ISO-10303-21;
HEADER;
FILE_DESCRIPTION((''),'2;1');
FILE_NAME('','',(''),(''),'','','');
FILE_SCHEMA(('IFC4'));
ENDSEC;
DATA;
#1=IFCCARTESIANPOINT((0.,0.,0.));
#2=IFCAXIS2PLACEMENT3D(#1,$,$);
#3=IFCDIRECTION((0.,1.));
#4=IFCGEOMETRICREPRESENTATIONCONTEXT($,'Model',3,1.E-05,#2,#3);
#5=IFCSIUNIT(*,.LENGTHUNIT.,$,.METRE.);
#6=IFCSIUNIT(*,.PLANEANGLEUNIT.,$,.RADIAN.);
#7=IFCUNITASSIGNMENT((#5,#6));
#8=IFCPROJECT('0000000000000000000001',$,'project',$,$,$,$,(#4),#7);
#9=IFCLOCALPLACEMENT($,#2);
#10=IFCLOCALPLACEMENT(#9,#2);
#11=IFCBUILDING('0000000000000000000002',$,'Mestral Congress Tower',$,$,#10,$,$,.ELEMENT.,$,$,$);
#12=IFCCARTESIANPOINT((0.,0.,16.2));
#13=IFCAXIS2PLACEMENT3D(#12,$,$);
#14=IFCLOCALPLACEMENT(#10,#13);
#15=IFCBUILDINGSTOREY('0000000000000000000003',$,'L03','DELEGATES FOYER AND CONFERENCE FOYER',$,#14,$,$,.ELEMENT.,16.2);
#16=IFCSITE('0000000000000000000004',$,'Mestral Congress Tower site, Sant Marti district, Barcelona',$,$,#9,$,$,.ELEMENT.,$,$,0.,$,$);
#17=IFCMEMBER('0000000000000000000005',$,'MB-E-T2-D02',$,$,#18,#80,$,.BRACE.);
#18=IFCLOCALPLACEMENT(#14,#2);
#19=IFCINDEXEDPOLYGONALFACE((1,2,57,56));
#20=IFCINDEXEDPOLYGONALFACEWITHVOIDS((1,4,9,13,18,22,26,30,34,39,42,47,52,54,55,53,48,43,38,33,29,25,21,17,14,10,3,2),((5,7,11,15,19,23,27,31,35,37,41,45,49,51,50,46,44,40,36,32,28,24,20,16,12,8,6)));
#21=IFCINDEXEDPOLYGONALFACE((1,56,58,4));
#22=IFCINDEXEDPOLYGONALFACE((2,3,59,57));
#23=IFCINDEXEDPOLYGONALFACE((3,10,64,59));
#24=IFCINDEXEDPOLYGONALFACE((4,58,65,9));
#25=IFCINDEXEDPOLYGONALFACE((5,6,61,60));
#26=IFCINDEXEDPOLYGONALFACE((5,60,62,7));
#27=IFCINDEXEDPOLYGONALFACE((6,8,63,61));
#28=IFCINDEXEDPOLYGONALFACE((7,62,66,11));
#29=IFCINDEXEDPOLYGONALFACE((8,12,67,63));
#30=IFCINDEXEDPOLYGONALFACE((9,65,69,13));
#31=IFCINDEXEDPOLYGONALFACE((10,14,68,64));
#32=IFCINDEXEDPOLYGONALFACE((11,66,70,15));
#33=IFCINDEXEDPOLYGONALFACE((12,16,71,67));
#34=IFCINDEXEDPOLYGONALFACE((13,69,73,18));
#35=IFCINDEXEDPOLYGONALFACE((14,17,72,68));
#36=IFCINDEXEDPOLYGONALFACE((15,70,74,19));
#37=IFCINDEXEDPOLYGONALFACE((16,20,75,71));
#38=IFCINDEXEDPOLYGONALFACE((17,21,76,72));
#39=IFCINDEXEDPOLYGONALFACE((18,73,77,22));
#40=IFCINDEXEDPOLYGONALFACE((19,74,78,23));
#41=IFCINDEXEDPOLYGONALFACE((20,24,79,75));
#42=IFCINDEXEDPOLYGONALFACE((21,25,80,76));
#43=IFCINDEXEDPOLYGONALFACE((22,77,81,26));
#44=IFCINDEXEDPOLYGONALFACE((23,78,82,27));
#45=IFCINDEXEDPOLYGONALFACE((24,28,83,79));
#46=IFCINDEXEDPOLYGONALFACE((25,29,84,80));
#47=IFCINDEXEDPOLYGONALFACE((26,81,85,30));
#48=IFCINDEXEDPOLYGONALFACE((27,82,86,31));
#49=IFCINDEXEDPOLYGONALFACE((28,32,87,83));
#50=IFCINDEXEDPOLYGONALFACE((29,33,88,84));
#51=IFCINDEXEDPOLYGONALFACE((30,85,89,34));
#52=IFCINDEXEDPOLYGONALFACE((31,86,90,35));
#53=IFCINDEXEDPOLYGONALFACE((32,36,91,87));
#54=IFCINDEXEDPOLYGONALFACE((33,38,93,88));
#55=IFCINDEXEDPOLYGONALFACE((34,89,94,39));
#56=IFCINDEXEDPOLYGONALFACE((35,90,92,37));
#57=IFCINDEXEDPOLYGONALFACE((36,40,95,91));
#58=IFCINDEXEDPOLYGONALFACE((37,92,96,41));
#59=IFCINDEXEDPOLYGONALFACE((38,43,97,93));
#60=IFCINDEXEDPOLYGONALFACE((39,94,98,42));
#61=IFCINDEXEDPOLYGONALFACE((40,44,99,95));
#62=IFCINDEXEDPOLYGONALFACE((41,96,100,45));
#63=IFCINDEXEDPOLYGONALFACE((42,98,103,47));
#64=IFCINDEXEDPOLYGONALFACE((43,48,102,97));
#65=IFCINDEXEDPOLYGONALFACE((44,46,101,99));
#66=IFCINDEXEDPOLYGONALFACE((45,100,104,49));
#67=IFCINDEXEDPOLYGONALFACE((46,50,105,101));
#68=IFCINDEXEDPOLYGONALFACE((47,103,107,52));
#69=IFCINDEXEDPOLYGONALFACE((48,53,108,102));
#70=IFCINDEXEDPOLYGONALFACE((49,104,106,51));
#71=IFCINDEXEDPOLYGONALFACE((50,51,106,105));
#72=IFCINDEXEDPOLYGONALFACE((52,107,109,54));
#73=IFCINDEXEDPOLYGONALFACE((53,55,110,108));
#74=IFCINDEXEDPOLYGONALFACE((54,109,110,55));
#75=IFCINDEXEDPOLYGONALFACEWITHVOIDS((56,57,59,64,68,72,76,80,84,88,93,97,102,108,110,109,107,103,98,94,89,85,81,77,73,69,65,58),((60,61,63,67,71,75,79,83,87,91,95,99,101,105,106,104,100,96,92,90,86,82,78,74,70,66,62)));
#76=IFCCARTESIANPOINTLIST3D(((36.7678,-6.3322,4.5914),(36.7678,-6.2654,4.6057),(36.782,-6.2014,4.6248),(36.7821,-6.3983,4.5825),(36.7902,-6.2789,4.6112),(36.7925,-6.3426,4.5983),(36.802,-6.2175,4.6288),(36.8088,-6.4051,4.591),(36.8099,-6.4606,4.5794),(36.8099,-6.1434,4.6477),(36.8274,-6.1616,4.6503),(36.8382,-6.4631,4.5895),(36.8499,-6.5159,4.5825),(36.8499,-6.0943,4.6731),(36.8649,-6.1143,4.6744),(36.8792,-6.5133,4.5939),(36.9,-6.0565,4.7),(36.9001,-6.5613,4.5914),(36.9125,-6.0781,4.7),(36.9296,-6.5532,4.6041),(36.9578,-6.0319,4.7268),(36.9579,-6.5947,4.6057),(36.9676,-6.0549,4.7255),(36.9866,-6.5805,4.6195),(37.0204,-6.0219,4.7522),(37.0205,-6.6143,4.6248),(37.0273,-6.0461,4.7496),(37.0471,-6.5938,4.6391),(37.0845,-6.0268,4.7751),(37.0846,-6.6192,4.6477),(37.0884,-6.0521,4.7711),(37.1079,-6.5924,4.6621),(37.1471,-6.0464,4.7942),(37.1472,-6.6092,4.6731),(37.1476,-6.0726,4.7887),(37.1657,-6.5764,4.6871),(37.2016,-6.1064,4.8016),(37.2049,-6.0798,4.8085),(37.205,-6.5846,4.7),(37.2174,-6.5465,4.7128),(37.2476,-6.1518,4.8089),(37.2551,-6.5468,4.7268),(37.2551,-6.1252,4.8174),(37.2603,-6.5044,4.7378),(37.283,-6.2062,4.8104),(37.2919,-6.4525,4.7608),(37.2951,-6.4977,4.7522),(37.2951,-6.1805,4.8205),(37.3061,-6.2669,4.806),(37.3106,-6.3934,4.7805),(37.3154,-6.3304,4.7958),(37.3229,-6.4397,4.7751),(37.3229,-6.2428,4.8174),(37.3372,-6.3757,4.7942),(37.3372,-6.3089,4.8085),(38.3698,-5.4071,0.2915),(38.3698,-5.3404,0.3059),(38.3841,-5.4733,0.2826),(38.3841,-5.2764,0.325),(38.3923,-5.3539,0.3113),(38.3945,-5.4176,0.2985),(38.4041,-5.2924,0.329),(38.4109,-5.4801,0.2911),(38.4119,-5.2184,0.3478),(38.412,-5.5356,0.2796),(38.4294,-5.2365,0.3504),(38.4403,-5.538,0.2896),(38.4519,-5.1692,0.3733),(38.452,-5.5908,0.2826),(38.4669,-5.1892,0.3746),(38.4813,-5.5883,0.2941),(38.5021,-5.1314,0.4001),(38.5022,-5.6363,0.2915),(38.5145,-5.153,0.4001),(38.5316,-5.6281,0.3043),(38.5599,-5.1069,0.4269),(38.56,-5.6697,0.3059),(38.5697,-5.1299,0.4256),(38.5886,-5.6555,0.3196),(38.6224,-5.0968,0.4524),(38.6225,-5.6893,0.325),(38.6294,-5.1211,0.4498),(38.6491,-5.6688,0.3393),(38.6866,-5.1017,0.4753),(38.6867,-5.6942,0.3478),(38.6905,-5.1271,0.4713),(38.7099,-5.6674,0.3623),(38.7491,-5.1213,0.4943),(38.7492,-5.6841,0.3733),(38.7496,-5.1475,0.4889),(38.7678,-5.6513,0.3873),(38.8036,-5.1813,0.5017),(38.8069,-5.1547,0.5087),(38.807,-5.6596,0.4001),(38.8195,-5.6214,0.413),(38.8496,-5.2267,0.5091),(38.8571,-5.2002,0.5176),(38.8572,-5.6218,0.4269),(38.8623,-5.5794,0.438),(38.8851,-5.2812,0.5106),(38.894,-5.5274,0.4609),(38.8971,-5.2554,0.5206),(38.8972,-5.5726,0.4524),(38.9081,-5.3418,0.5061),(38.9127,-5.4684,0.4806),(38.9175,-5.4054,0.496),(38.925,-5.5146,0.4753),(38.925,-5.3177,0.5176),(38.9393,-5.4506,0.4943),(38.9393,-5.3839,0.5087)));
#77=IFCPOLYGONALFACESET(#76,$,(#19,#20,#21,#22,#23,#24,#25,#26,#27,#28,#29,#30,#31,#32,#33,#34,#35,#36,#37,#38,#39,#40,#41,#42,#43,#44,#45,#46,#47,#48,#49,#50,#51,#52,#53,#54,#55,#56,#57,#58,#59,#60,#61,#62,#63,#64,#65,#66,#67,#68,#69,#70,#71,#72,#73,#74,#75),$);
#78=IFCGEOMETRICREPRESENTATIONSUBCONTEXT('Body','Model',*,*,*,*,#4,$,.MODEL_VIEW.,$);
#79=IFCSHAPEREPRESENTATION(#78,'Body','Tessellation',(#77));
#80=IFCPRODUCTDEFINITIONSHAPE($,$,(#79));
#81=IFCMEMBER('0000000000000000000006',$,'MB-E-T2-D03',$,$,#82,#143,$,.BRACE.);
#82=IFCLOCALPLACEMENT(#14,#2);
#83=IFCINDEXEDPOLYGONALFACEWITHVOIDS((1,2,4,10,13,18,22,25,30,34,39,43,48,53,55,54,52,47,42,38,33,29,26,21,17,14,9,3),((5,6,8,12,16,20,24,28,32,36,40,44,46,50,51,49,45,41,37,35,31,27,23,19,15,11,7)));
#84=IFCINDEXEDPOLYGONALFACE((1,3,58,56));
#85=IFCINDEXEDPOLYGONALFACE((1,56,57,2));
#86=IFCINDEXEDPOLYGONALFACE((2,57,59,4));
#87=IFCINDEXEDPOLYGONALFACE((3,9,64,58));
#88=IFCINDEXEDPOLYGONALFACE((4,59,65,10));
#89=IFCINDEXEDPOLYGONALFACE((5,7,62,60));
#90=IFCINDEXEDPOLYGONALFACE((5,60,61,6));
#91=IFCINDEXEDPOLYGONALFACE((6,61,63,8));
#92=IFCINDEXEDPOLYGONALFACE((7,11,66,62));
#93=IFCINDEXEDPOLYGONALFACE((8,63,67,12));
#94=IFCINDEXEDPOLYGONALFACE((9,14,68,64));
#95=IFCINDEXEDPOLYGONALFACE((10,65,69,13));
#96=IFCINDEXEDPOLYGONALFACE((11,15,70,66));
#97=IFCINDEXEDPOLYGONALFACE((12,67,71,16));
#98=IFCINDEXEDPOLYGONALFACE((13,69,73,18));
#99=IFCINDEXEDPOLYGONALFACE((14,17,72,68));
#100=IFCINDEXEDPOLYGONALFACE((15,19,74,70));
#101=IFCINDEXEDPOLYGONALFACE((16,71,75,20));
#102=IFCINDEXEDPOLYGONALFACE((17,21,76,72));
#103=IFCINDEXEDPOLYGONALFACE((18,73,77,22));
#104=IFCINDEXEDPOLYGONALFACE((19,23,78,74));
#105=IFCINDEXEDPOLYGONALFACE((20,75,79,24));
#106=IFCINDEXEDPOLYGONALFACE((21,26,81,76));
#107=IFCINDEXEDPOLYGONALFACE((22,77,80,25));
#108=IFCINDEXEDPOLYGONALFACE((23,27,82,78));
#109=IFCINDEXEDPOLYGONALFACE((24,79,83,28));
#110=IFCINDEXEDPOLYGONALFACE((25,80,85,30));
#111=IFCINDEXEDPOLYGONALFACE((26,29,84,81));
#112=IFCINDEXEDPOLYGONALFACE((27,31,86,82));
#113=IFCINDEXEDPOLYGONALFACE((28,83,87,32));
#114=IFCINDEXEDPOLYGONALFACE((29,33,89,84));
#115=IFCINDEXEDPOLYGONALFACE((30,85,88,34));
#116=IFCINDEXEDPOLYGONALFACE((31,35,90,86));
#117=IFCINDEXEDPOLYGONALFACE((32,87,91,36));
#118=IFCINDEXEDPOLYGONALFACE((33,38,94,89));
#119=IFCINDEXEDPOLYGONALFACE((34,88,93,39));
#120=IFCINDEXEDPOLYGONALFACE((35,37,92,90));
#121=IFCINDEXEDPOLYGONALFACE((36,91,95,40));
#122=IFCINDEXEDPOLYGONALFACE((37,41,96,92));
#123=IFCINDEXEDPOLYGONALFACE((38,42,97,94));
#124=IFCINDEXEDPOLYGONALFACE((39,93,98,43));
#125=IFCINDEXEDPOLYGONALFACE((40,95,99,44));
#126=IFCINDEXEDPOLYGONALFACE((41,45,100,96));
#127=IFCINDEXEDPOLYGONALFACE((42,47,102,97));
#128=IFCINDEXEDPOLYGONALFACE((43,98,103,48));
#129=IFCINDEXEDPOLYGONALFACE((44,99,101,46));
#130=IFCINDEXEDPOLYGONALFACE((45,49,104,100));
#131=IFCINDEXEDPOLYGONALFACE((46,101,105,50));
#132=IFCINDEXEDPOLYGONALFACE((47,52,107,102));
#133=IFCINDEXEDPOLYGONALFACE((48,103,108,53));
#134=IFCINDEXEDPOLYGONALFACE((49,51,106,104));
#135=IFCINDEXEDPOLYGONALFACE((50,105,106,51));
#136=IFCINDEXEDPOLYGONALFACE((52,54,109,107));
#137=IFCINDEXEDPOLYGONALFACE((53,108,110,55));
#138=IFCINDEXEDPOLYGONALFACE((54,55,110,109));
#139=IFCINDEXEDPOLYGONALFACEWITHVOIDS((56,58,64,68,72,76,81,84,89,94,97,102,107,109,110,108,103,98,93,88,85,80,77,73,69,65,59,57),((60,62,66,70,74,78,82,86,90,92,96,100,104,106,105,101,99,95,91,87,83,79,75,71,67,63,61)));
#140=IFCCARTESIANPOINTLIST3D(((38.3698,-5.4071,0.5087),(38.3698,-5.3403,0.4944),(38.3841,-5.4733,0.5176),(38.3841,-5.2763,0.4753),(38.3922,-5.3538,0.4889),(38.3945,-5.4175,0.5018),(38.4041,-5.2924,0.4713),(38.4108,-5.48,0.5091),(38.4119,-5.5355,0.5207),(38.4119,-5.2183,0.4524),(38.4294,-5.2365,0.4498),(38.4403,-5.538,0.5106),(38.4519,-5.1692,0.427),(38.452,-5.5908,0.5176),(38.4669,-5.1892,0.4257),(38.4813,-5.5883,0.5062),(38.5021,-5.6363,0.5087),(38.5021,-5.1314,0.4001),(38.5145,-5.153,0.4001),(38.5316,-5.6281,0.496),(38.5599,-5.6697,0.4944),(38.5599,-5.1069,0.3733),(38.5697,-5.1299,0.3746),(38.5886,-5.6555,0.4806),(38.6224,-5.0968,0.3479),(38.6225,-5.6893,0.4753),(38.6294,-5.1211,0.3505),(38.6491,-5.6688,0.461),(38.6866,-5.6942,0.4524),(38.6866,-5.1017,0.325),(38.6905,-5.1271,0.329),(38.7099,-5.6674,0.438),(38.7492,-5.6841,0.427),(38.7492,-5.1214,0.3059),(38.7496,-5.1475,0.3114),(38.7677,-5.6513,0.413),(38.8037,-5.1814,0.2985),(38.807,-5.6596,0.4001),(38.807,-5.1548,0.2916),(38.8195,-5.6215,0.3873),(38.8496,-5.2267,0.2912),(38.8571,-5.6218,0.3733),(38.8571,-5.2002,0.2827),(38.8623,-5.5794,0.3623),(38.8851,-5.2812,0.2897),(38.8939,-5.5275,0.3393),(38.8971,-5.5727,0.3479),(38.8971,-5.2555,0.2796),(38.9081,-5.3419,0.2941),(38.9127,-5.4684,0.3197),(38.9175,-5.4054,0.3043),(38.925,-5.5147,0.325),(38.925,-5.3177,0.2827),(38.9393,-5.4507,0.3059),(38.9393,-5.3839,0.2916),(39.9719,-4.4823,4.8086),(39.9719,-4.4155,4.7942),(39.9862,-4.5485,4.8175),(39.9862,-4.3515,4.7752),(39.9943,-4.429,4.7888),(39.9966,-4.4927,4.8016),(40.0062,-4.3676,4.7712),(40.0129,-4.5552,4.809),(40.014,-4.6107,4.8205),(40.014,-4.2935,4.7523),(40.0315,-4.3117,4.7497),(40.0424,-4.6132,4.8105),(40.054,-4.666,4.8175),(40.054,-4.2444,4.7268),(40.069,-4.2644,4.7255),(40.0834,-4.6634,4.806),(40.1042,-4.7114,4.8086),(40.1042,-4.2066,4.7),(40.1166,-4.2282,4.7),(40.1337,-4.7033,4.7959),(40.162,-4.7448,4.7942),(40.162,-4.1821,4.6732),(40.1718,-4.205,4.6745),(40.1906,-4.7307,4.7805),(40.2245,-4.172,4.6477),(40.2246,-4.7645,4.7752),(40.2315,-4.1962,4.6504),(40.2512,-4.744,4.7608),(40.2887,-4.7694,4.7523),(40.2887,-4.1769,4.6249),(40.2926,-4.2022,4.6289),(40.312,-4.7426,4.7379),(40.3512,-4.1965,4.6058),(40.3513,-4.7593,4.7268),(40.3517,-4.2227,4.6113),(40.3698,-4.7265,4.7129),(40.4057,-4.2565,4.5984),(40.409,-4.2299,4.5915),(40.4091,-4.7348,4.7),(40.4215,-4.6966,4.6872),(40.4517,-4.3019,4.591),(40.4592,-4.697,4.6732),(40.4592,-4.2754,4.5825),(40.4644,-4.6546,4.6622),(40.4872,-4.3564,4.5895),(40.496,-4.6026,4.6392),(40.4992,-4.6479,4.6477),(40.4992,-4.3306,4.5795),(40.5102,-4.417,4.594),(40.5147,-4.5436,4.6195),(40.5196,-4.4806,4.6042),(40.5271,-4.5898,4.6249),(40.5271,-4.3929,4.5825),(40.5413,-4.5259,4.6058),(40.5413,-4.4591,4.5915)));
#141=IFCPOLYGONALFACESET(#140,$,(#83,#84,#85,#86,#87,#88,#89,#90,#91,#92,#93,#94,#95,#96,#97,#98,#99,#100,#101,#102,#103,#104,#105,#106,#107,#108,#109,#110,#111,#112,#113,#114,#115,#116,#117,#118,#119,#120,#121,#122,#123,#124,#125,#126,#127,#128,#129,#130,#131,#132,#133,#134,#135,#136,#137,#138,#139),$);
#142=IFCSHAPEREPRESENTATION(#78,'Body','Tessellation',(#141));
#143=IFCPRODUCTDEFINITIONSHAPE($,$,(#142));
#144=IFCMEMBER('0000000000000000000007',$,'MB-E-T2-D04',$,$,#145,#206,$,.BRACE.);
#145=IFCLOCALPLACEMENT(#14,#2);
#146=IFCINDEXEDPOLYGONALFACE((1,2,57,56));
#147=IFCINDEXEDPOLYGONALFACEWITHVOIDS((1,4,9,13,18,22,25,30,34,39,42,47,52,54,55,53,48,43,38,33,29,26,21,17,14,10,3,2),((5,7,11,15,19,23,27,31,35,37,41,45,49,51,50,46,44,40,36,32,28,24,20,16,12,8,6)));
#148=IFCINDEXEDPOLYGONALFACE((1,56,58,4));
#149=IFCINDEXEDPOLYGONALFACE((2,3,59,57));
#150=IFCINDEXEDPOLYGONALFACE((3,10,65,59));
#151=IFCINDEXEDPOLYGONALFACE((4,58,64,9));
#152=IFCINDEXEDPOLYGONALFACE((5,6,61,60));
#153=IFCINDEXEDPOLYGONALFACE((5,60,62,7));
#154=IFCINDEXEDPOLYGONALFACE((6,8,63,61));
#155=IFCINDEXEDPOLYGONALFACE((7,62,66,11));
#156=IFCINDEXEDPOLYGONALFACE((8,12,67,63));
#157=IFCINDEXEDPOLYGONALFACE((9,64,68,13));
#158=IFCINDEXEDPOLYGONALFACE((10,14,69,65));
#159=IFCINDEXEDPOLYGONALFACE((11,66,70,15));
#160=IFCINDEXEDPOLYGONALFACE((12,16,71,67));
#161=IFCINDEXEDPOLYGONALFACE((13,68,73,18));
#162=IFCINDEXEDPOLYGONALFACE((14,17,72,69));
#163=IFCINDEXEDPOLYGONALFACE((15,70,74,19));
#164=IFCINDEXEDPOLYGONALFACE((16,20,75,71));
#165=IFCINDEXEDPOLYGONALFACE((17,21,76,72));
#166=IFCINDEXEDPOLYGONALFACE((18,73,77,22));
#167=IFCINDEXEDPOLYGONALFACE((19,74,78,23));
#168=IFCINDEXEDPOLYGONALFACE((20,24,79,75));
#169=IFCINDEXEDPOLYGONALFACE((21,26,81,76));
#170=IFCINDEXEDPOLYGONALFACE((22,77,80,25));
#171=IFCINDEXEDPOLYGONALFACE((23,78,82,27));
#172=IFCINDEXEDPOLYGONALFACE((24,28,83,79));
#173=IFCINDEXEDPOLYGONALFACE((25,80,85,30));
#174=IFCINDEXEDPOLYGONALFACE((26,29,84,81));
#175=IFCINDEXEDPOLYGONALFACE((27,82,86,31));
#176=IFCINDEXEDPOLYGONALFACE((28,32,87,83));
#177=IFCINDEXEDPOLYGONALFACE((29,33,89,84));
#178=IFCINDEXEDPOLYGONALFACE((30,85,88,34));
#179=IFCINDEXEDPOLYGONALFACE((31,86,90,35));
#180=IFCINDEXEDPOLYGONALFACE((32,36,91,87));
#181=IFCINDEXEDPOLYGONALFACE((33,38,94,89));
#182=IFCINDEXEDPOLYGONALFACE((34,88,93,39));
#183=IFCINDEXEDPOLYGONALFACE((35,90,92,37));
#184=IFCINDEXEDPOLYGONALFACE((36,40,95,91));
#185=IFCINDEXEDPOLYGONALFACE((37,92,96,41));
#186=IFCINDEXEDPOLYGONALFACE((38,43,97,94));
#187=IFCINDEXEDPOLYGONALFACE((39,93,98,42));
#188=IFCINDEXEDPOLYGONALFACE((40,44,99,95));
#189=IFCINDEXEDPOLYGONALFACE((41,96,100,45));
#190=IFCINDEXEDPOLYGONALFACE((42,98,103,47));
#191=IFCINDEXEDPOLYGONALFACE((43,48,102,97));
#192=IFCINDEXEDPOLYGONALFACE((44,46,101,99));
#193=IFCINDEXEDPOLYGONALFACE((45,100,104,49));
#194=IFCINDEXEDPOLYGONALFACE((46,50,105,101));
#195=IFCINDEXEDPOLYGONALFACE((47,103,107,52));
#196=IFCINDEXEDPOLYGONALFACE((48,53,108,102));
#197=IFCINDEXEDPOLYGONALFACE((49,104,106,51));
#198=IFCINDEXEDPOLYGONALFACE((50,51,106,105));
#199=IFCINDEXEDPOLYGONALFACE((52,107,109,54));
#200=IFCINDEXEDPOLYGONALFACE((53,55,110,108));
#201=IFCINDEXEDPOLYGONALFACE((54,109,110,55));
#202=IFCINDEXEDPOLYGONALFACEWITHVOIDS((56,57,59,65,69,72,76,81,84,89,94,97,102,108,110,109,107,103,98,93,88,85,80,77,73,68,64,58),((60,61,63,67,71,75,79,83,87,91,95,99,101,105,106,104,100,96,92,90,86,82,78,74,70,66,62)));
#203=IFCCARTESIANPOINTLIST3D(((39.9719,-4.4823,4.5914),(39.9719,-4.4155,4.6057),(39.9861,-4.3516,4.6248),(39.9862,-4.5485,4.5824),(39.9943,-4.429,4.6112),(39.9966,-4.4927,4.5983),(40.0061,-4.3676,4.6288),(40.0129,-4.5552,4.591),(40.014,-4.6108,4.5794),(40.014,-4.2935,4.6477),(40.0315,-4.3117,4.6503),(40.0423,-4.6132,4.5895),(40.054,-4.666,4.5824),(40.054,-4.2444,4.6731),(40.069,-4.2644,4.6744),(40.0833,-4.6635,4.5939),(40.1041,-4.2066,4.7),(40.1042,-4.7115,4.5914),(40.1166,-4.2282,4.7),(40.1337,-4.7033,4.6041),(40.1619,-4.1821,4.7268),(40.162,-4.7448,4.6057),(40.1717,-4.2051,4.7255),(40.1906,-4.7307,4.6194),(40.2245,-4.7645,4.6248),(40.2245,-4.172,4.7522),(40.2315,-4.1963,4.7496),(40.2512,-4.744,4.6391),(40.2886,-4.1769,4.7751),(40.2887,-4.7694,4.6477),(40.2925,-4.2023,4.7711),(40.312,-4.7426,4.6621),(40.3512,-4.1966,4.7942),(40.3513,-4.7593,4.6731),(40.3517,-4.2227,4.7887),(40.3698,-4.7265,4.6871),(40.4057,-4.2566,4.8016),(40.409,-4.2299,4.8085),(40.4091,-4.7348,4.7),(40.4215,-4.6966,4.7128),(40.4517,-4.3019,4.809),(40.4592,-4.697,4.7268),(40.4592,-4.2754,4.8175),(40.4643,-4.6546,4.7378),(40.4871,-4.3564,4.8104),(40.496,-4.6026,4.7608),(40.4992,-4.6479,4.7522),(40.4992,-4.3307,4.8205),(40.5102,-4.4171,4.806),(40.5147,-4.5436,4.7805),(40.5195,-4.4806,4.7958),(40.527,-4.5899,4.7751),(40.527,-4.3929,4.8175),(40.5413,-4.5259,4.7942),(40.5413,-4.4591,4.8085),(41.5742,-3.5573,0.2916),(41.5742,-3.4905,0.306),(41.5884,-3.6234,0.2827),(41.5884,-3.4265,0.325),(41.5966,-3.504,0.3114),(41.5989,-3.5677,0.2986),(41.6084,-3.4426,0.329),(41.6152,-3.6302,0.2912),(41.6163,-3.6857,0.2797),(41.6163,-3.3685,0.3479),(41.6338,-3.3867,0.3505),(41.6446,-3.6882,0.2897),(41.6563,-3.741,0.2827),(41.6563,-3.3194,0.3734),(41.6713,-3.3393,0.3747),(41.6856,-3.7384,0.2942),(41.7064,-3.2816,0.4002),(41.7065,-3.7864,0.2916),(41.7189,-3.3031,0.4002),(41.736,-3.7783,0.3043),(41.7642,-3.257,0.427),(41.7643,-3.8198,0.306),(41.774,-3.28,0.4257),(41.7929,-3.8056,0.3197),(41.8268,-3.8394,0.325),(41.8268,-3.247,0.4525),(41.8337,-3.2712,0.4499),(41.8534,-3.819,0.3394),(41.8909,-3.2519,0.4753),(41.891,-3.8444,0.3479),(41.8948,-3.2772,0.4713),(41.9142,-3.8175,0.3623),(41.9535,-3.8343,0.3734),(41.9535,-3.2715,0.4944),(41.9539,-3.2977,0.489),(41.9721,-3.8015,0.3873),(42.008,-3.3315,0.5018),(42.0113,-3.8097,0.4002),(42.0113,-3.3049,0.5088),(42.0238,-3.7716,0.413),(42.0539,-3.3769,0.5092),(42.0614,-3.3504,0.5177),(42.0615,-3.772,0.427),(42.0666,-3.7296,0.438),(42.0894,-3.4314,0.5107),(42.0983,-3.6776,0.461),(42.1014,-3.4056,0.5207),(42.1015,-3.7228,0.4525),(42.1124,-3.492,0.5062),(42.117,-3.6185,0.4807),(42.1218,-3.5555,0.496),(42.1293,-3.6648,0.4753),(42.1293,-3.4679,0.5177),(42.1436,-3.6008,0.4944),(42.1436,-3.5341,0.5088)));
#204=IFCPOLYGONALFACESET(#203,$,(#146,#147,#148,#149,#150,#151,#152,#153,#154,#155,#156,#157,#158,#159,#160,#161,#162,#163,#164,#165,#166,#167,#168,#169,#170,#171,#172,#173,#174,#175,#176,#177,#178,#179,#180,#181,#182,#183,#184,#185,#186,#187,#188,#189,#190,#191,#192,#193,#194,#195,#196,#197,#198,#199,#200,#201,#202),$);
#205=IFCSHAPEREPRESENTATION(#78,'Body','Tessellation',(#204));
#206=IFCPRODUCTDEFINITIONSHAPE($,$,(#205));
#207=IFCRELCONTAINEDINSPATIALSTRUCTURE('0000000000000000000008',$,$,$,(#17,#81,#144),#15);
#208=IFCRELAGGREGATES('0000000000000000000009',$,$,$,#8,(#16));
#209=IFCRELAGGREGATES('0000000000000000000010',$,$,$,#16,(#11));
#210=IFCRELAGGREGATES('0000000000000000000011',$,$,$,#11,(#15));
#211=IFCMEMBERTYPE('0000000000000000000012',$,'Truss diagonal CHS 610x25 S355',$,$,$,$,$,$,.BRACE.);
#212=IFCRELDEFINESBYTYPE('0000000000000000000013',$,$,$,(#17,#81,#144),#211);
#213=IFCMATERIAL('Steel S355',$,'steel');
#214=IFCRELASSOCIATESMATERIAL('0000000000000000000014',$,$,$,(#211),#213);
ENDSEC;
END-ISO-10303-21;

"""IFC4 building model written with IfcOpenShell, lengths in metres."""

from ifc_helpers import new_model, si_unit, direction, frame, origin, origin_2d, place, context, subcontext, project, spatial, hollow_circle, extrude, material, material_profile, profile_set, type_object, element, save


model = new_model("IFC4")

# Units and contexts
model_context = context("Model", 3, precision=1e-05, world=origin(), true_north=direction((0.0, 1.0)))
body_context = subcontext(model_context, "Body", "Model", "MODEL_VIEW")
ifc_project = project(units=[si_unit("LENGTHUNIT", "METRE"), si_unit("PLANEANGLEUNIT", "RADIAN")], contexts=[model_context])

# Site, building, storey
site_placement = place(None, origin())
site = spatial("IfcSite", under=ifc_project, at=site_placement, Name="Mestral Congress Tower site, Sant Marti district, Barcelona", CompositionType="ELEMENT", RefElevation=0.0)
building_placement = place(site_placement, origin())
building = spatial("IfcBuilding", under=site, at=building_placement, Name="Mestral Congress Tower", CompositionType="ELEMENT")
storey_placement = place(building_placement, frame((0.0, 0.0, 16.2)))
storey = spatial("IfcBuildingStorey", under=building, at=storey_placement, Name="L03", Description="DELEGATES FOYER AND CONFERENCE FOYER", CompositionType="ELEMENT", Elevation=16.2)

# Members
ifc_material_1 = material(Name="Steel S355", Category="steel")
ifc_material_profile_1 = material_profile(ifc_material_1, hollow_circle(Radius=0.3049, WallThickness=0.0249, at=origin_2d()), Name="CHS 610x25")
ifc_profile_set_1 = profile_set([ifc_material_profile_1], Name="Steel S355")
member_type_1 = type_object("IfcMemberType", Name="Truss diagonal CHS 610x25 S355", PredefinedType="BRACE", material=ifc_profile_set_1)
for number, where, z_axis, x_axis, name in (
    (1, (37.0525, -6.3206, 4.7), (0.342254, 0.197623, -0.91859), (-0.500042, 0.866001, 0.0), "MB-E-T2-D02"),
    (2, (38.6545, -5.3955, 0.4001), (0.342258, 0.197573, 0.918599), (-0.499943, 0.866058, 0.0), "MB-E-T2-D03"),
    (3, (40.2566, -4.4707, 4.7), (0.342301, 0.197619, -0.918573), (-0.499985, 0.866034, 0.0), "MB-E-T2-D04"),
):
    element("IfcMember", number, at=place(storey_placement, frame(where, z_axis=z_axis, x_axis=x_axis)), inside=storey, type_object=member_type_1, Name=name, PredefinedType="BRACE", context=body_context, shape_type="SweptSolid", body=[
        extrude(hollow_circle(Radius=0.3049, WallThickness=0.0249, at=origin_2d()), origin(), (0.0, 0.0, 1.0), 4.6809),
    ])

save(model, "model.ifc")
